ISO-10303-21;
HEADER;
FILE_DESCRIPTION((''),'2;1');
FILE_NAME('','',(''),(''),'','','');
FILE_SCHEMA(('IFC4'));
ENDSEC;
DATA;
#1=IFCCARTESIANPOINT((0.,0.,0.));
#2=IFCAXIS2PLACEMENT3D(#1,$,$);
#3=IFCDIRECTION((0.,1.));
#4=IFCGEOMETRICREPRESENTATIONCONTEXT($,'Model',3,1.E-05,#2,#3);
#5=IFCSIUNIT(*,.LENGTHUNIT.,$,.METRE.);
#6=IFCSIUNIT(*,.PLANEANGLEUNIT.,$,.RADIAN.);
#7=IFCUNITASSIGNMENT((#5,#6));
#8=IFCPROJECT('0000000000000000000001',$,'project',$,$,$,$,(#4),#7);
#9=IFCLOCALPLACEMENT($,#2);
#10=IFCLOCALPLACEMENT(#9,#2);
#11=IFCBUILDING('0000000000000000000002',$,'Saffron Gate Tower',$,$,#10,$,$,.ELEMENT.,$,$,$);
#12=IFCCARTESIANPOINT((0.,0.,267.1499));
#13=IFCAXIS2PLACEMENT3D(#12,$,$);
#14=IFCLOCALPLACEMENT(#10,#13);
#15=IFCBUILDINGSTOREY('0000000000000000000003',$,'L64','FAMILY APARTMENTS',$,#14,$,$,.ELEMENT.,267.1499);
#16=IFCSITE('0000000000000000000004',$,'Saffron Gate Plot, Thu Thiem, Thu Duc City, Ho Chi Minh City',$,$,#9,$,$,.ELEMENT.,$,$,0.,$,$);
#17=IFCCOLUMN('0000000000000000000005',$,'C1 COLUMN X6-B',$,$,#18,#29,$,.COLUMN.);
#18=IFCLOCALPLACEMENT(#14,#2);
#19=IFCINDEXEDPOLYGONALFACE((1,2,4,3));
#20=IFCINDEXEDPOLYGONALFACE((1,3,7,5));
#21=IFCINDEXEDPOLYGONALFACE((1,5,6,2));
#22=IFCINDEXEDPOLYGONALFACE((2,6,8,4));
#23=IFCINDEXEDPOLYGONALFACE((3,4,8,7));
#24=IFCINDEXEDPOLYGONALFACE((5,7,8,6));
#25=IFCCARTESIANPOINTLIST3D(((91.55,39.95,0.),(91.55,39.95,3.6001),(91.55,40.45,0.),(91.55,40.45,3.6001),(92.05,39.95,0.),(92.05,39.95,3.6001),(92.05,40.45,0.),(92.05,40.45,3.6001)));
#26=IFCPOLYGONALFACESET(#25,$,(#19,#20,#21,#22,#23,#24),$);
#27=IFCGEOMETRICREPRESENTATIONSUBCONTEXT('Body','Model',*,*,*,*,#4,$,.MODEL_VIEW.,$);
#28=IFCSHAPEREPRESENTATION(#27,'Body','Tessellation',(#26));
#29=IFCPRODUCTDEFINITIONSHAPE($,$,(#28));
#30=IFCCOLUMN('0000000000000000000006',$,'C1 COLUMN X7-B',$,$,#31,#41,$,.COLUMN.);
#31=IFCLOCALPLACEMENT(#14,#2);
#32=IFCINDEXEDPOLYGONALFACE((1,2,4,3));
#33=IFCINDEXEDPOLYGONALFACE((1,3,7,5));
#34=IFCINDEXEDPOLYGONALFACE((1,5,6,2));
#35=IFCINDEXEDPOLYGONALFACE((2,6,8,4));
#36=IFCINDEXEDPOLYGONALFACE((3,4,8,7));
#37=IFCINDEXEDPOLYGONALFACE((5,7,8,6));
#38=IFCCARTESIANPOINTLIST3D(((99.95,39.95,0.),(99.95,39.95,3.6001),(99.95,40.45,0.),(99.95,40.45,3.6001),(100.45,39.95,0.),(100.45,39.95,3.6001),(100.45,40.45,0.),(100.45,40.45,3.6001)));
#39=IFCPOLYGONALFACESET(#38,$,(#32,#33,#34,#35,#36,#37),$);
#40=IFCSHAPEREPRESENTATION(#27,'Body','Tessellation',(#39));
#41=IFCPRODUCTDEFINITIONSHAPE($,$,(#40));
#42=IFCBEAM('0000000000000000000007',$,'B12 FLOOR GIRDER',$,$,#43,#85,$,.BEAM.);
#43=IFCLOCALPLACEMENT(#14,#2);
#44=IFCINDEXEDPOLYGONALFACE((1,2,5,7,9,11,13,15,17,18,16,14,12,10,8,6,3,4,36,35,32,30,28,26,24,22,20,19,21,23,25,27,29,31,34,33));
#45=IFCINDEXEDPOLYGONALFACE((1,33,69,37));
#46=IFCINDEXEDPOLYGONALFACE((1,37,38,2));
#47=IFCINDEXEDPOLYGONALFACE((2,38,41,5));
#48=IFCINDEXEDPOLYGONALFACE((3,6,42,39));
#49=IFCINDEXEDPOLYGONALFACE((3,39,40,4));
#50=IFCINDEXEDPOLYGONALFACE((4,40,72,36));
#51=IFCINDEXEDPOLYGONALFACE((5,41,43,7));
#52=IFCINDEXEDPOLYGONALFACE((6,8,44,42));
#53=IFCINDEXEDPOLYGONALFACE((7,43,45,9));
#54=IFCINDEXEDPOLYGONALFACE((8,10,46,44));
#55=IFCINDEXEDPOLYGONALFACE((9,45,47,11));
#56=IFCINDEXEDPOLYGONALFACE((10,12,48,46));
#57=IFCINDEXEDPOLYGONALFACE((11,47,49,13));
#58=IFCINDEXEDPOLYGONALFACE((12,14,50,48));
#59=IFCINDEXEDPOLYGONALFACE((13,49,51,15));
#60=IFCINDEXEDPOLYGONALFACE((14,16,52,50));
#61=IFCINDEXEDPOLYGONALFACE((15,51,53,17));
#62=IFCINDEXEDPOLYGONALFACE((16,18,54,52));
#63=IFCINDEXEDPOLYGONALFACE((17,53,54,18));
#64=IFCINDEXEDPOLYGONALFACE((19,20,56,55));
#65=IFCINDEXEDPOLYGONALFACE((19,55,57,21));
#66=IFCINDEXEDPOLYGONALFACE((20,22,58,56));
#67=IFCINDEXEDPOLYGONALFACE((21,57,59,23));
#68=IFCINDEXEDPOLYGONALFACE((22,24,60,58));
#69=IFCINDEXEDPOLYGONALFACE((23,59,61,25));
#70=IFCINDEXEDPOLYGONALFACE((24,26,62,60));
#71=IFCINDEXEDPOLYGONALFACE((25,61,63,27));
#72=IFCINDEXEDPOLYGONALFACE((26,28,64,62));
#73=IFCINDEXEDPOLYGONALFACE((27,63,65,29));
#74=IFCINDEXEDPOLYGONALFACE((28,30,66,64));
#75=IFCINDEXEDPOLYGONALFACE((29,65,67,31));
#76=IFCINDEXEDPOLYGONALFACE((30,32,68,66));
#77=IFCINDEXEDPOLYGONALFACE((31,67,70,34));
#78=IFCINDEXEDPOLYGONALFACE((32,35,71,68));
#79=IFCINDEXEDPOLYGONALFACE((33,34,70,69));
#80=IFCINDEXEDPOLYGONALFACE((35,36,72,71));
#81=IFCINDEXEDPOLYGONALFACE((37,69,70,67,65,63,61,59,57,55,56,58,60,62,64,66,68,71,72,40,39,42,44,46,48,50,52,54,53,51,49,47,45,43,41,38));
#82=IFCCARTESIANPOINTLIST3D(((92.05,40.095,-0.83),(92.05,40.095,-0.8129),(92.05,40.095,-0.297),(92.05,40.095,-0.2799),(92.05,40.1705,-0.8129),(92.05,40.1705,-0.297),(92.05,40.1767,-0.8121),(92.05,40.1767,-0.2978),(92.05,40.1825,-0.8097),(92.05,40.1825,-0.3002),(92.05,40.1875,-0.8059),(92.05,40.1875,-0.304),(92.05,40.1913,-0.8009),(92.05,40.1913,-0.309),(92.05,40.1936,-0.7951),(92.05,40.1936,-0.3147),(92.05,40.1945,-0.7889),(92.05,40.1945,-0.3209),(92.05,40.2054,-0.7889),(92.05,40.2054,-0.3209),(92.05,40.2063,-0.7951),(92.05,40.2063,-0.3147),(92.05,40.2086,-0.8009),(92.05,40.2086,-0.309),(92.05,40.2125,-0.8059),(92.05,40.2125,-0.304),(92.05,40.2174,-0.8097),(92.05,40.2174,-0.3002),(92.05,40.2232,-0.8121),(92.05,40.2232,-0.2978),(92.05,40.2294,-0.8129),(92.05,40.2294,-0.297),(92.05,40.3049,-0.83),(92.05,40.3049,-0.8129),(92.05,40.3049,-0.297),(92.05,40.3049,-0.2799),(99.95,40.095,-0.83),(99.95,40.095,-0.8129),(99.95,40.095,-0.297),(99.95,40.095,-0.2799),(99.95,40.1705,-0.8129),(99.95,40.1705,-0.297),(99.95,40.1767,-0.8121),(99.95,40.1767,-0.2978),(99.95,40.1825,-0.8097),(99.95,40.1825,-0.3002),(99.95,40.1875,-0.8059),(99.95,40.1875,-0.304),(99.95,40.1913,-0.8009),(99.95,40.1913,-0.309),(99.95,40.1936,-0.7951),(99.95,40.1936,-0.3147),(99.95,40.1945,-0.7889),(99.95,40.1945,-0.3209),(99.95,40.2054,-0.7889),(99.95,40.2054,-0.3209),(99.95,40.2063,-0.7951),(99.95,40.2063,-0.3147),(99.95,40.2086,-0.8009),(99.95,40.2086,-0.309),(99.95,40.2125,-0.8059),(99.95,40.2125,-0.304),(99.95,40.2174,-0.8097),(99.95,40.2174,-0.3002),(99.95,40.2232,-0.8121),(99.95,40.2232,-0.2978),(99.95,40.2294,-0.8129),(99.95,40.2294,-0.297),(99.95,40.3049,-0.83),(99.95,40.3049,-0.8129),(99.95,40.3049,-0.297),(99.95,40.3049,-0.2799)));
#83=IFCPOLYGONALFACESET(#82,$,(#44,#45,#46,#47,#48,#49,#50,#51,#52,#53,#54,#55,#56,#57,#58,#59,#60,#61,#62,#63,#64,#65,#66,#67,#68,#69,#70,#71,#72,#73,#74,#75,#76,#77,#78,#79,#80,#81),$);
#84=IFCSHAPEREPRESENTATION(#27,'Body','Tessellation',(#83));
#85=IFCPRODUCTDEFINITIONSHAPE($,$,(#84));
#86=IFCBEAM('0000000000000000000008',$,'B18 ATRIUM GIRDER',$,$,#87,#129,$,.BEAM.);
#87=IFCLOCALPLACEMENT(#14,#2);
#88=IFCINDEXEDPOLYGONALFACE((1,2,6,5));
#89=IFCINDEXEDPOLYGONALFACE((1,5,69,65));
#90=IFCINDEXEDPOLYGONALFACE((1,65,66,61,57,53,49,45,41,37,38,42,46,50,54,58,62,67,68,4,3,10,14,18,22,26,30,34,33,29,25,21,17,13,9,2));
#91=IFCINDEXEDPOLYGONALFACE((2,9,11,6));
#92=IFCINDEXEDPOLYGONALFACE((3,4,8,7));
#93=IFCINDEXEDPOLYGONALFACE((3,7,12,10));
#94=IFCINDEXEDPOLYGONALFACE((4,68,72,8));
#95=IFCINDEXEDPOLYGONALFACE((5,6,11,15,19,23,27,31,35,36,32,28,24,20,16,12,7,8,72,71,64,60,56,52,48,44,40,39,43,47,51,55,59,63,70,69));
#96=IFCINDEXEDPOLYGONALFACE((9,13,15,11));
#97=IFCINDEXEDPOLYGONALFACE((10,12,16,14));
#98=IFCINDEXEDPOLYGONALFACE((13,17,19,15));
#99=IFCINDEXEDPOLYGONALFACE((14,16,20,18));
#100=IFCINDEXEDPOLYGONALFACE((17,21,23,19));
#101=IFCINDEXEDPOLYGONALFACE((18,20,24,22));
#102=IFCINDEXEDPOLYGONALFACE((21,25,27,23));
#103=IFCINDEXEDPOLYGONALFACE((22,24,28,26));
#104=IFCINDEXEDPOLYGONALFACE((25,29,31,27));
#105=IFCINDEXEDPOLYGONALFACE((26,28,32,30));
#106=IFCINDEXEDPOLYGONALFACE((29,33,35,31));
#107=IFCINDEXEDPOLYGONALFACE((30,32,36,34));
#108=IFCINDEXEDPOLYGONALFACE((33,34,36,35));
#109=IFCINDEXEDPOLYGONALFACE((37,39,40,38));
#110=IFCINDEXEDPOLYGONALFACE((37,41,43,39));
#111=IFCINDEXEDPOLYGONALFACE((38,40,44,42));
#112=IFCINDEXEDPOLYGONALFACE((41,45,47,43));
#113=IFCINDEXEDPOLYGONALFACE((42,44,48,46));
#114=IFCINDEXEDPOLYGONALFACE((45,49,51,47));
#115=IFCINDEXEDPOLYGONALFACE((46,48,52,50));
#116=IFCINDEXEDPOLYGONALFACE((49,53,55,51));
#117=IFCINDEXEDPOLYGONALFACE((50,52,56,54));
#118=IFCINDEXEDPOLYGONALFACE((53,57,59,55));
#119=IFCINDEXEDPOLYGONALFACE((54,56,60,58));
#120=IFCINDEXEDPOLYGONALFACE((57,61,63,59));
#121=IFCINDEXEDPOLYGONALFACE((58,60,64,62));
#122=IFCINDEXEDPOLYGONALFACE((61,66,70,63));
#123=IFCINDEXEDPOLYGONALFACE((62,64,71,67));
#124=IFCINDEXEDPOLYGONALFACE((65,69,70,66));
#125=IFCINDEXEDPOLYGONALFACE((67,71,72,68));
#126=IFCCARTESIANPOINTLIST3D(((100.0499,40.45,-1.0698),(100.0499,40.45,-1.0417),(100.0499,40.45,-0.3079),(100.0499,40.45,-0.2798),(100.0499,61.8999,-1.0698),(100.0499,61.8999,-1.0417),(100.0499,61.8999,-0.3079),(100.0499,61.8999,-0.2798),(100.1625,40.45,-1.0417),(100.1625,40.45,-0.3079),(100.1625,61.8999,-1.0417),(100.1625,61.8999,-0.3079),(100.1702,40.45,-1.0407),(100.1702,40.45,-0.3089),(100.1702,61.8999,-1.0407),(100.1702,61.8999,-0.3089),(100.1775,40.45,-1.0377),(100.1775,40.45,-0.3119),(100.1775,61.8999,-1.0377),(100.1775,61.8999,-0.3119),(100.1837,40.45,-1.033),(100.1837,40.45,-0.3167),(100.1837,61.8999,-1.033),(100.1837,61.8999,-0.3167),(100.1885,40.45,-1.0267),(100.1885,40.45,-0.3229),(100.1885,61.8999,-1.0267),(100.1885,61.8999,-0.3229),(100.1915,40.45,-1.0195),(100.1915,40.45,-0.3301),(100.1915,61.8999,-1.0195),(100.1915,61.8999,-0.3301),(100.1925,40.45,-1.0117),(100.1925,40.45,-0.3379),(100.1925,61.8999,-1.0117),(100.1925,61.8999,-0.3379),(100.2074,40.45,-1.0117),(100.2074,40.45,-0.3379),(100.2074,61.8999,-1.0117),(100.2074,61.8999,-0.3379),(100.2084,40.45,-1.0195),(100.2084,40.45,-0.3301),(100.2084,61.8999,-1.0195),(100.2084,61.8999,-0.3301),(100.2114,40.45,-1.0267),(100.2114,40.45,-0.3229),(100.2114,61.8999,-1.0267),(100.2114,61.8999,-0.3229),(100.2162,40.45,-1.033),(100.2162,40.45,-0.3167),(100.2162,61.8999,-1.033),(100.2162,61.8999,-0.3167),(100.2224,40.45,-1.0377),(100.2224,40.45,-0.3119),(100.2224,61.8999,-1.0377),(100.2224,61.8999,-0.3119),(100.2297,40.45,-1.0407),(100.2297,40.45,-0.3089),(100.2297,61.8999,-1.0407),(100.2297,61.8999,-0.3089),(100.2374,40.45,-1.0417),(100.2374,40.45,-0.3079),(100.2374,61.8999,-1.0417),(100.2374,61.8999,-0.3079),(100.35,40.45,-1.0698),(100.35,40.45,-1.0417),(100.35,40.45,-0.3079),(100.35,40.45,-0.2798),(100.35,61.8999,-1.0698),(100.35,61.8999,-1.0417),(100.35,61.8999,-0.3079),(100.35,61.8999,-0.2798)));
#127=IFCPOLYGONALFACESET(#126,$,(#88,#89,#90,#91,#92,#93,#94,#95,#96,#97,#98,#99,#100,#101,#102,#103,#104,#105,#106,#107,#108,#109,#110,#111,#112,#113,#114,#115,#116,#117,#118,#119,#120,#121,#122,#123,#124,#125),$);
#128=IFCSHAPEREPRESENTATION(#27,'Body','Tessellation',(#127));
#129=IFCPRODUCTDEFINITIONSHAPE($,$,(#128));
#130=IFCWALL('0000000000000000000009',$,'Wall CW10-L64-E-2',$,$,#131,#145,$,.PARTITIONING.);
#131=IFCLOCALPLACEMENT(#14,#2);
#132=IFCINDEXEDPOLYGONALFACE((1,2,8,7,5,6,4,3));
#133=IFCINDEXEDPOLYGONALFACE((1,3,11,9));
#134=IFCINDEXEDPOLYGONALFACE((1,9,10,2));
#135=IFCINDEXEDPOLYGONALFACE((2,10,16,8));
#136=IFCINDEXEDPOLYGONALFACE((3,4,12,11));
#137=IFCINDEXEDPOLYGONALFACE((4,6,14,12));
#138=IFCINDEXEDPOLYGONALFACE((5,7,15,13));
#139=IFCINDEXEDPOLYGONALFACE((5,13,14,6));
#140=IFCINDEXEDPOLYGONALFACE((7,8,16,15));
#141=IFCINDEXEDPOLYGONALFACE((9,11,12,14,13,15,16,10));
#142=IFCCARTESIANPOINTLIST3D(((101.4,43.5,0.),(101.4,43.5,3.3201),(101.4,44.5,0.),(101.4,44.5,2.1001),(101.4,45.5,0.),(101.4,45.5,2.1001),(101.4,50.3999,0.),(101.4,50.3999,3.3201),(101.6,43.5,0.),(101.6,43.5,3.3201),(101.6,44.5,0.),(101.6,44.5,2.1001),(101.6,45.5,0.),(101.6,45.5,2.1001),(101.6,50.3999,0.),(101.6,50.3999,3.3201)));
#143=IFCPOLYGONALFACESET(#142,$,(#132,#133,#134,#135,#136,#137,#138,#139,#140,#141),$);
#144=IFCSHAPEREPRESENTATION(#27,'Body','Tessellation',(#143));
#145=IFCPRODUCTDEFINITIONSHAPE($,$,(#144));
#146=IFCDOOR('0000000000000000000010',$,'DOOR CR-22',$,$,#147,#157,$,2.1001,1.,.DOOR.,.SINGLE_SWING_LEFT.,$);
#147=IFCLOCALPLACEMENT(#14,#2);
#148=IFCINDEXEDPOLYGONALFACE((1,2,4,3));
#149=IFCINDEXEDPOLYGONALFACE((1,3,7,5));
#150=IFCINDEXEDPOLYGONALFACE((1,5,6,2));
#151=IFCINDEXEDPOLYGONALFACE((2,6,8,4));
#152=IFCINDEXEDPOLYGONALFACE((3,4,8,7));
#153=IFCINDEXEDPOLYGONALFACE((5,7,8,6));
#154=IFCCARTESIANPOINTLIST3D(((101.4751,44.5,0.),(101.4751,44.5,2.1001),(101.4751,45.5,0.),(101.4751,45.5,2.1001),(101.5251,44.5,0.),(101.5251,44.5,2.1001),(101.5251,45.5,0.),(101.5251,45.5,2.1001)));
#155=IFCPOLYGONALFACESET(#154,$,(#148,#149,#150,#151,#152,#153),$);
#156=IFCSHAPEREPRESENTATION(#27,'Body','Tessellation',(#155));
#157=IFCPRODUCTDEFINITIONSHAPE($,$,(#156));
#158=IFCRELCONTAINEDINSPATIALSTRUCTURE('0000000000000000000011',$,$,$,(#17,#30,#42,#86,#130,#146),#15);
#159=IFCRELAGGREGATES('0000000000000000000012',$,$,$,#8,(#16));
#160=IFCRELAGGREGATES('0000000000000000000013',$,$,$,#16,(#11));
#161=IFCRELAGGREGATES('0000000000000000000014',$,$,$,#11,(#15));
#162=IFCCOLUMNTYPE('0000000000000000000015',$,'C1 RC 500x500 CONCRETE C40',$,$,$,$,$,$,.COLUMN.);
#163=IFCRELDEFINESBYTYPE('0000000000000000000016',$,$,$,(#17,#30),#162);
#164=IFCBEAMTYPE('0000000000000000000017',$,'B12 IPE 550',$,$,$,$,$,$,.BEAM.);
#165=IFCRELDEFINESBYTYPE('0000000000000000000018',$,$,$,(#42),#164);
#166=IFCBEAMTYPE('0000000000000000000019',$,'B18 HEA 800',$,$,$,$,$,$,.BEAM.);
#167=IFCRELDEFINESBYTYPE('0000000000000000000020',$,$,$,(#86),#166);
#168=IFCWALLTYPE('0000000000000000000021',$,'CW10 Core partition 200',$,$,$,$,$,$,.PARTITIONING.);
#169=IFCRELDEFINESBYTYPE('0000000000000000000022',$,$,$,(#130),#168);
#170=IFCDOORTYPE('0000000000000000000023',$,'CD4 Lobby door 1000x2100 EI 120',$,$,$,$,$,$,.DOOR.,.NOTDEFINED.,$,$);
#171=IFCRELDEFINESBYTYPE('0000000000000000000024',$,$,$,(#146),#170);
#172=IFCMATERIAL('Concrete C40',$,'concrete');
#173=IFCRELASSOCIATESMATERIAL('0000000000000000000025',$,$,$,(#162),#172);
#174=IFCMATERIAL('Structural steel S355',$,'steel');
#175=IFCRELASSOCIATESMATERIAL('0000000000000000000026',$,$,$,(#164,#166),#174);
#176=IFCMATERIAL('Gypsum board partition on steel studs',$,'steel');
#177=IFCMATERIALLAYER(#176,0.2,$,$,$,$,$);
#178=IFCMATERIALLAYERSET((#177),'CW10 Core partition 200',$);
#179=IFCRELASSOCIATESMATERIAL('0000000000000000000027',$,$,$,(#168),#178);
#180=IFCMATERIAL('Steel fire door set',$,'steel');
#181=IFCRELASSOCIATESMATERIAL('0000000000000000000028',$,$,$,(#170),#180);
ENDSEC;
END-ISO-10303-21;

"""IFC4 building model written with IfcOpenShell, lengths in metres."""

from ifc_helpers import new_model, si_unit, direction, frame, frame_2d, origin, origin_2d, place, context, subcontext, project, spatial, rectangle, i_section, extrude, material, layer, layer_set, material_profile, profile_set, type_object, element, fill, save


model = new_model("IFC4")

# Units and contexts
model_context = context("Model", 3, precision=1e-05, world=origin(), true_north=direction((0.0, 1.0)))
body_context = subcontext(model_context, "Body", "Model", "MODEL_VIEW")
ifc_project = project(units=[si_unit("LENGTHUNIT", "METRE"), si_unit("PLANEANGLEUNIT", "RADIAN")], contexts=[model_context])

# Site, building, storey
site_placement = place(None, origin())
site = spatial("IfcSite", under=ifc_project, at=site_placement, Name="Saffron Gate Plot, Thu Thiem, Thu Duc City, Ho Chi Minh City", CompositionType="ELEMENT", RefElevation=0.0)
building_placement = place(site_placement, origin())
building = spatial("IfcBuilding", under=site, at=building_placement, Name="Saffron Gate Tower", CompositionType="ELEMENT")
storey_placement = place(building_placement, frame((0.0, 0.0, 267.1499)))
storey = spatial("IfcBuildingStorey", under=building, at=storey_placement, Name="L64", Description="FAMILY APARTMENTS", CompositionType="ELEMENT", Elevation=267.1499)

# Columns
ifc_material_1 = material(Name="Concrete C40", Category="concrete")
ifc_material_profile_1 = material_profile(ifc_material_1, rectangle(XDim=0.5, YDim=0.5, at=origin_2d()))
ifc_profile_set_1 = profile_set([ifc_material_profile_1], Name="Concrete C40")
column_type = type_object("IfcColumnType", Name="C1 RC 500x500 CONCRETE C40", PredefinedType="COLUMN", material=ifc_profile_set_1)
for number, where, z_axis, x_axis, name in (
    (1, (91.8, 40.2, 0.0), (0.0, 0.0, 1.0), (1.0, 0.0, 0.0), "C1 COLUMN X6-B"),
    (2, (100.2, 40.2, 0.0), (0.0, 0.0, 1.0), (1.0, 0.0, 0.0), "C1 COLUMN X7-B"),
):
    element("IfcColumn", number, at=place(storey_placement, frame(where, z_axis=z_axis, x_axis=x_axis)), inside=storey, type_object=column_type, Name=name, PredefinedType="COLUMN", context=body_context, shape_type="SweptSolid", body=[
        extrude(rectangle(XDim=0.5, YDim=0.5, at=origin_2d()), origin(), (0.0, 0.0, 1.0), 3.6001),
    ])

# Beams
ifc_material_2 = material(Name="Structural steel S355", Category="steel")
ifc_material_profile_2 = material_profile(ifc_material_2, i_section(OverallWidth=0.21, OverallDepth=0.55, WebThickness=0.011, FlangeThickness=0.0171, FilletRadius=0.0239, at=origin_2d()))
ifc_profile_set_2 = profile_set([ifc_material_profile_2], Name="Structural steel S355")
beam_type_1 = type_object("IfcBeamType", Name="B12 IPE 550", PredefinedType="BEAM", material=ifc_profile_set_2)
beam_1_placement = place(storey_placement, frame((92.05, 40.2, -0.5549), z_axis=(1.0, 0.0, 0.0), x_axis=(0.0, 1.0, 0.0)))
element("IfcBeam", 3, at=beam_1_placement, inside=storey, type_object=beam_type_1, Name="B12 FLOOR GIRDER", PredefinedType="BEAM", context=body_context, shape_type="SweptSolid", body=[
    extrude(i_section(OverallWidth=0.21, OverallDepth=0.55, WebThickness=0.011, FlangeThickness=0.0171, FilletRadius=0.0239, at=origin_2d()), origin(), (0.0, 0.0, 1.0), 7.8999),
])
ifc_material_profile_3 = material_profile(ifc_material_2, i_section(OverallWidth=0.3, OverallDepth=0.79, WebThickness=0.0149, FlangeThickness=0.0281, FilletRadius=0.03, at=origin_2d()))
ifc_profile_set_3 = profile_set([ifc_material_profile_3], Name="Structural steel S355")
beam_type_2 = type_object("IfcBeamType", Name="B18 HEA 800", PredefinedType="BEAM", material=ifc_profile_set_3)
beam_2_placement = place(storey_placement, frame((100.2, 40.45, -0.6748), z_axis=(0.0, 1.0, 0.0), x_axis=(-1.0, 0.0, 0.0)))
element("IfcBeam", 4, at=beam_2_placement, inside=storey, type_object=beam_type_2, Name="B18 ATRIUM GIRDER", PredefinedType="BEAM", context=body_context, shape_type="SweptSolid", body=[
    extrude(i_section(OverallWidth=0.3, OverallDepth=0.79, WebThickness=0.0149, FlangeThickness=0.0281, FilletRadius=0.03, at=origin_2d()), origin(), (0.0, 0.0, 1.0), 21.45),
])

# Wall, opening, door
ifc_material_3 = material(Name="Gypsum board partition on steel studs", Category="steel")
ifc_layer_1 = layer(ifc_material_3, 0.2)
ifc_layer_set_1 = layer_set([ifc_layer_1], Name="CW10 Core partition 200")
wall_type_1 = type_object("IfcWallType", Name="CW10 Core partition 200", PredefinedType="PARTITIONING", material=ifc_layer_set_1)
wall_1_placement = place(storey_placement, frame((101.5, 43.5, 0.0), z_axis=(0.0, 0.0, 1.0), x_axis=(0.0, 1.0, 0.0)))
wall_1 = element("IfcWall", 5, at=wall_1_placement, inside=storey, type_object=wall_type_1, Name="Wall CW10-L64-E-2", PredefinedType="PARTITIONING", context=body_context, shape_type="SweptSolid", body=[
    extrude(rectangle(XDim=6.8999, YDim=0.2, at=frame_2d((3.45, 0.0))), origin(), (0.0, 0.0, 1.0), 3.3201),
])
opening_1_placement = place(wall_1_placement, frame((1.0, 0.0, 0.0)))
opening_1 = element("IfcOpeningElement", 6, at=opening_1_placement, cuts=wall_1, PredefinedType="OPENING", context=body_context, shape_type="SweptSolid", body=[
    extrude(rectangle(XDim=1.0, YDim=2.1001, at=frame_2d((0.5, 1.05))), frame((0.0, 0.1099, 0.0), z_axis=(0.0, -1.0, 0.0), x_axis=(1.0, 0.0, 0.0)), (0.0, 0.0, 1.0), 0.22),
])
ifc_material_4 = material(Name="Steel fire door set", Category="steel")
door_type_1 = type_object("IfcDoorType", Name="CD4 Lobby door 1000x2100 EI 120", OperationType="NOTDEFINED", PredefinedType="DOOR", material=ifc_material_4)
door_1_placement = place(opening_1_placement, origin())
door_1 = element("IfcDoor", 7, at=door_1_placement, inside=storey, type_object=door_type_1, Name="DOOR CR-22", OperationType="SINGLE_SWING_LEFT", OverallHeight=2.1001, OverallWidth=1.0, PredefinedType="DOOR", context=body_context, shape_type="SweptSolid", body=[
    extrude(rectangle(XDim=1.0, YDim=2.1001, at=frame_2d((0.5, 1.05))), frame((0.0, 0.0249, 0.0), z_axis=(0.0, -1.0, 0.0), x_axis=(1.0, 0.0, 0.0)), (0.0, 0.0, 1.0), 0.05),
])
fill(opening_1, door_1)

save(model, "model.ifc")
